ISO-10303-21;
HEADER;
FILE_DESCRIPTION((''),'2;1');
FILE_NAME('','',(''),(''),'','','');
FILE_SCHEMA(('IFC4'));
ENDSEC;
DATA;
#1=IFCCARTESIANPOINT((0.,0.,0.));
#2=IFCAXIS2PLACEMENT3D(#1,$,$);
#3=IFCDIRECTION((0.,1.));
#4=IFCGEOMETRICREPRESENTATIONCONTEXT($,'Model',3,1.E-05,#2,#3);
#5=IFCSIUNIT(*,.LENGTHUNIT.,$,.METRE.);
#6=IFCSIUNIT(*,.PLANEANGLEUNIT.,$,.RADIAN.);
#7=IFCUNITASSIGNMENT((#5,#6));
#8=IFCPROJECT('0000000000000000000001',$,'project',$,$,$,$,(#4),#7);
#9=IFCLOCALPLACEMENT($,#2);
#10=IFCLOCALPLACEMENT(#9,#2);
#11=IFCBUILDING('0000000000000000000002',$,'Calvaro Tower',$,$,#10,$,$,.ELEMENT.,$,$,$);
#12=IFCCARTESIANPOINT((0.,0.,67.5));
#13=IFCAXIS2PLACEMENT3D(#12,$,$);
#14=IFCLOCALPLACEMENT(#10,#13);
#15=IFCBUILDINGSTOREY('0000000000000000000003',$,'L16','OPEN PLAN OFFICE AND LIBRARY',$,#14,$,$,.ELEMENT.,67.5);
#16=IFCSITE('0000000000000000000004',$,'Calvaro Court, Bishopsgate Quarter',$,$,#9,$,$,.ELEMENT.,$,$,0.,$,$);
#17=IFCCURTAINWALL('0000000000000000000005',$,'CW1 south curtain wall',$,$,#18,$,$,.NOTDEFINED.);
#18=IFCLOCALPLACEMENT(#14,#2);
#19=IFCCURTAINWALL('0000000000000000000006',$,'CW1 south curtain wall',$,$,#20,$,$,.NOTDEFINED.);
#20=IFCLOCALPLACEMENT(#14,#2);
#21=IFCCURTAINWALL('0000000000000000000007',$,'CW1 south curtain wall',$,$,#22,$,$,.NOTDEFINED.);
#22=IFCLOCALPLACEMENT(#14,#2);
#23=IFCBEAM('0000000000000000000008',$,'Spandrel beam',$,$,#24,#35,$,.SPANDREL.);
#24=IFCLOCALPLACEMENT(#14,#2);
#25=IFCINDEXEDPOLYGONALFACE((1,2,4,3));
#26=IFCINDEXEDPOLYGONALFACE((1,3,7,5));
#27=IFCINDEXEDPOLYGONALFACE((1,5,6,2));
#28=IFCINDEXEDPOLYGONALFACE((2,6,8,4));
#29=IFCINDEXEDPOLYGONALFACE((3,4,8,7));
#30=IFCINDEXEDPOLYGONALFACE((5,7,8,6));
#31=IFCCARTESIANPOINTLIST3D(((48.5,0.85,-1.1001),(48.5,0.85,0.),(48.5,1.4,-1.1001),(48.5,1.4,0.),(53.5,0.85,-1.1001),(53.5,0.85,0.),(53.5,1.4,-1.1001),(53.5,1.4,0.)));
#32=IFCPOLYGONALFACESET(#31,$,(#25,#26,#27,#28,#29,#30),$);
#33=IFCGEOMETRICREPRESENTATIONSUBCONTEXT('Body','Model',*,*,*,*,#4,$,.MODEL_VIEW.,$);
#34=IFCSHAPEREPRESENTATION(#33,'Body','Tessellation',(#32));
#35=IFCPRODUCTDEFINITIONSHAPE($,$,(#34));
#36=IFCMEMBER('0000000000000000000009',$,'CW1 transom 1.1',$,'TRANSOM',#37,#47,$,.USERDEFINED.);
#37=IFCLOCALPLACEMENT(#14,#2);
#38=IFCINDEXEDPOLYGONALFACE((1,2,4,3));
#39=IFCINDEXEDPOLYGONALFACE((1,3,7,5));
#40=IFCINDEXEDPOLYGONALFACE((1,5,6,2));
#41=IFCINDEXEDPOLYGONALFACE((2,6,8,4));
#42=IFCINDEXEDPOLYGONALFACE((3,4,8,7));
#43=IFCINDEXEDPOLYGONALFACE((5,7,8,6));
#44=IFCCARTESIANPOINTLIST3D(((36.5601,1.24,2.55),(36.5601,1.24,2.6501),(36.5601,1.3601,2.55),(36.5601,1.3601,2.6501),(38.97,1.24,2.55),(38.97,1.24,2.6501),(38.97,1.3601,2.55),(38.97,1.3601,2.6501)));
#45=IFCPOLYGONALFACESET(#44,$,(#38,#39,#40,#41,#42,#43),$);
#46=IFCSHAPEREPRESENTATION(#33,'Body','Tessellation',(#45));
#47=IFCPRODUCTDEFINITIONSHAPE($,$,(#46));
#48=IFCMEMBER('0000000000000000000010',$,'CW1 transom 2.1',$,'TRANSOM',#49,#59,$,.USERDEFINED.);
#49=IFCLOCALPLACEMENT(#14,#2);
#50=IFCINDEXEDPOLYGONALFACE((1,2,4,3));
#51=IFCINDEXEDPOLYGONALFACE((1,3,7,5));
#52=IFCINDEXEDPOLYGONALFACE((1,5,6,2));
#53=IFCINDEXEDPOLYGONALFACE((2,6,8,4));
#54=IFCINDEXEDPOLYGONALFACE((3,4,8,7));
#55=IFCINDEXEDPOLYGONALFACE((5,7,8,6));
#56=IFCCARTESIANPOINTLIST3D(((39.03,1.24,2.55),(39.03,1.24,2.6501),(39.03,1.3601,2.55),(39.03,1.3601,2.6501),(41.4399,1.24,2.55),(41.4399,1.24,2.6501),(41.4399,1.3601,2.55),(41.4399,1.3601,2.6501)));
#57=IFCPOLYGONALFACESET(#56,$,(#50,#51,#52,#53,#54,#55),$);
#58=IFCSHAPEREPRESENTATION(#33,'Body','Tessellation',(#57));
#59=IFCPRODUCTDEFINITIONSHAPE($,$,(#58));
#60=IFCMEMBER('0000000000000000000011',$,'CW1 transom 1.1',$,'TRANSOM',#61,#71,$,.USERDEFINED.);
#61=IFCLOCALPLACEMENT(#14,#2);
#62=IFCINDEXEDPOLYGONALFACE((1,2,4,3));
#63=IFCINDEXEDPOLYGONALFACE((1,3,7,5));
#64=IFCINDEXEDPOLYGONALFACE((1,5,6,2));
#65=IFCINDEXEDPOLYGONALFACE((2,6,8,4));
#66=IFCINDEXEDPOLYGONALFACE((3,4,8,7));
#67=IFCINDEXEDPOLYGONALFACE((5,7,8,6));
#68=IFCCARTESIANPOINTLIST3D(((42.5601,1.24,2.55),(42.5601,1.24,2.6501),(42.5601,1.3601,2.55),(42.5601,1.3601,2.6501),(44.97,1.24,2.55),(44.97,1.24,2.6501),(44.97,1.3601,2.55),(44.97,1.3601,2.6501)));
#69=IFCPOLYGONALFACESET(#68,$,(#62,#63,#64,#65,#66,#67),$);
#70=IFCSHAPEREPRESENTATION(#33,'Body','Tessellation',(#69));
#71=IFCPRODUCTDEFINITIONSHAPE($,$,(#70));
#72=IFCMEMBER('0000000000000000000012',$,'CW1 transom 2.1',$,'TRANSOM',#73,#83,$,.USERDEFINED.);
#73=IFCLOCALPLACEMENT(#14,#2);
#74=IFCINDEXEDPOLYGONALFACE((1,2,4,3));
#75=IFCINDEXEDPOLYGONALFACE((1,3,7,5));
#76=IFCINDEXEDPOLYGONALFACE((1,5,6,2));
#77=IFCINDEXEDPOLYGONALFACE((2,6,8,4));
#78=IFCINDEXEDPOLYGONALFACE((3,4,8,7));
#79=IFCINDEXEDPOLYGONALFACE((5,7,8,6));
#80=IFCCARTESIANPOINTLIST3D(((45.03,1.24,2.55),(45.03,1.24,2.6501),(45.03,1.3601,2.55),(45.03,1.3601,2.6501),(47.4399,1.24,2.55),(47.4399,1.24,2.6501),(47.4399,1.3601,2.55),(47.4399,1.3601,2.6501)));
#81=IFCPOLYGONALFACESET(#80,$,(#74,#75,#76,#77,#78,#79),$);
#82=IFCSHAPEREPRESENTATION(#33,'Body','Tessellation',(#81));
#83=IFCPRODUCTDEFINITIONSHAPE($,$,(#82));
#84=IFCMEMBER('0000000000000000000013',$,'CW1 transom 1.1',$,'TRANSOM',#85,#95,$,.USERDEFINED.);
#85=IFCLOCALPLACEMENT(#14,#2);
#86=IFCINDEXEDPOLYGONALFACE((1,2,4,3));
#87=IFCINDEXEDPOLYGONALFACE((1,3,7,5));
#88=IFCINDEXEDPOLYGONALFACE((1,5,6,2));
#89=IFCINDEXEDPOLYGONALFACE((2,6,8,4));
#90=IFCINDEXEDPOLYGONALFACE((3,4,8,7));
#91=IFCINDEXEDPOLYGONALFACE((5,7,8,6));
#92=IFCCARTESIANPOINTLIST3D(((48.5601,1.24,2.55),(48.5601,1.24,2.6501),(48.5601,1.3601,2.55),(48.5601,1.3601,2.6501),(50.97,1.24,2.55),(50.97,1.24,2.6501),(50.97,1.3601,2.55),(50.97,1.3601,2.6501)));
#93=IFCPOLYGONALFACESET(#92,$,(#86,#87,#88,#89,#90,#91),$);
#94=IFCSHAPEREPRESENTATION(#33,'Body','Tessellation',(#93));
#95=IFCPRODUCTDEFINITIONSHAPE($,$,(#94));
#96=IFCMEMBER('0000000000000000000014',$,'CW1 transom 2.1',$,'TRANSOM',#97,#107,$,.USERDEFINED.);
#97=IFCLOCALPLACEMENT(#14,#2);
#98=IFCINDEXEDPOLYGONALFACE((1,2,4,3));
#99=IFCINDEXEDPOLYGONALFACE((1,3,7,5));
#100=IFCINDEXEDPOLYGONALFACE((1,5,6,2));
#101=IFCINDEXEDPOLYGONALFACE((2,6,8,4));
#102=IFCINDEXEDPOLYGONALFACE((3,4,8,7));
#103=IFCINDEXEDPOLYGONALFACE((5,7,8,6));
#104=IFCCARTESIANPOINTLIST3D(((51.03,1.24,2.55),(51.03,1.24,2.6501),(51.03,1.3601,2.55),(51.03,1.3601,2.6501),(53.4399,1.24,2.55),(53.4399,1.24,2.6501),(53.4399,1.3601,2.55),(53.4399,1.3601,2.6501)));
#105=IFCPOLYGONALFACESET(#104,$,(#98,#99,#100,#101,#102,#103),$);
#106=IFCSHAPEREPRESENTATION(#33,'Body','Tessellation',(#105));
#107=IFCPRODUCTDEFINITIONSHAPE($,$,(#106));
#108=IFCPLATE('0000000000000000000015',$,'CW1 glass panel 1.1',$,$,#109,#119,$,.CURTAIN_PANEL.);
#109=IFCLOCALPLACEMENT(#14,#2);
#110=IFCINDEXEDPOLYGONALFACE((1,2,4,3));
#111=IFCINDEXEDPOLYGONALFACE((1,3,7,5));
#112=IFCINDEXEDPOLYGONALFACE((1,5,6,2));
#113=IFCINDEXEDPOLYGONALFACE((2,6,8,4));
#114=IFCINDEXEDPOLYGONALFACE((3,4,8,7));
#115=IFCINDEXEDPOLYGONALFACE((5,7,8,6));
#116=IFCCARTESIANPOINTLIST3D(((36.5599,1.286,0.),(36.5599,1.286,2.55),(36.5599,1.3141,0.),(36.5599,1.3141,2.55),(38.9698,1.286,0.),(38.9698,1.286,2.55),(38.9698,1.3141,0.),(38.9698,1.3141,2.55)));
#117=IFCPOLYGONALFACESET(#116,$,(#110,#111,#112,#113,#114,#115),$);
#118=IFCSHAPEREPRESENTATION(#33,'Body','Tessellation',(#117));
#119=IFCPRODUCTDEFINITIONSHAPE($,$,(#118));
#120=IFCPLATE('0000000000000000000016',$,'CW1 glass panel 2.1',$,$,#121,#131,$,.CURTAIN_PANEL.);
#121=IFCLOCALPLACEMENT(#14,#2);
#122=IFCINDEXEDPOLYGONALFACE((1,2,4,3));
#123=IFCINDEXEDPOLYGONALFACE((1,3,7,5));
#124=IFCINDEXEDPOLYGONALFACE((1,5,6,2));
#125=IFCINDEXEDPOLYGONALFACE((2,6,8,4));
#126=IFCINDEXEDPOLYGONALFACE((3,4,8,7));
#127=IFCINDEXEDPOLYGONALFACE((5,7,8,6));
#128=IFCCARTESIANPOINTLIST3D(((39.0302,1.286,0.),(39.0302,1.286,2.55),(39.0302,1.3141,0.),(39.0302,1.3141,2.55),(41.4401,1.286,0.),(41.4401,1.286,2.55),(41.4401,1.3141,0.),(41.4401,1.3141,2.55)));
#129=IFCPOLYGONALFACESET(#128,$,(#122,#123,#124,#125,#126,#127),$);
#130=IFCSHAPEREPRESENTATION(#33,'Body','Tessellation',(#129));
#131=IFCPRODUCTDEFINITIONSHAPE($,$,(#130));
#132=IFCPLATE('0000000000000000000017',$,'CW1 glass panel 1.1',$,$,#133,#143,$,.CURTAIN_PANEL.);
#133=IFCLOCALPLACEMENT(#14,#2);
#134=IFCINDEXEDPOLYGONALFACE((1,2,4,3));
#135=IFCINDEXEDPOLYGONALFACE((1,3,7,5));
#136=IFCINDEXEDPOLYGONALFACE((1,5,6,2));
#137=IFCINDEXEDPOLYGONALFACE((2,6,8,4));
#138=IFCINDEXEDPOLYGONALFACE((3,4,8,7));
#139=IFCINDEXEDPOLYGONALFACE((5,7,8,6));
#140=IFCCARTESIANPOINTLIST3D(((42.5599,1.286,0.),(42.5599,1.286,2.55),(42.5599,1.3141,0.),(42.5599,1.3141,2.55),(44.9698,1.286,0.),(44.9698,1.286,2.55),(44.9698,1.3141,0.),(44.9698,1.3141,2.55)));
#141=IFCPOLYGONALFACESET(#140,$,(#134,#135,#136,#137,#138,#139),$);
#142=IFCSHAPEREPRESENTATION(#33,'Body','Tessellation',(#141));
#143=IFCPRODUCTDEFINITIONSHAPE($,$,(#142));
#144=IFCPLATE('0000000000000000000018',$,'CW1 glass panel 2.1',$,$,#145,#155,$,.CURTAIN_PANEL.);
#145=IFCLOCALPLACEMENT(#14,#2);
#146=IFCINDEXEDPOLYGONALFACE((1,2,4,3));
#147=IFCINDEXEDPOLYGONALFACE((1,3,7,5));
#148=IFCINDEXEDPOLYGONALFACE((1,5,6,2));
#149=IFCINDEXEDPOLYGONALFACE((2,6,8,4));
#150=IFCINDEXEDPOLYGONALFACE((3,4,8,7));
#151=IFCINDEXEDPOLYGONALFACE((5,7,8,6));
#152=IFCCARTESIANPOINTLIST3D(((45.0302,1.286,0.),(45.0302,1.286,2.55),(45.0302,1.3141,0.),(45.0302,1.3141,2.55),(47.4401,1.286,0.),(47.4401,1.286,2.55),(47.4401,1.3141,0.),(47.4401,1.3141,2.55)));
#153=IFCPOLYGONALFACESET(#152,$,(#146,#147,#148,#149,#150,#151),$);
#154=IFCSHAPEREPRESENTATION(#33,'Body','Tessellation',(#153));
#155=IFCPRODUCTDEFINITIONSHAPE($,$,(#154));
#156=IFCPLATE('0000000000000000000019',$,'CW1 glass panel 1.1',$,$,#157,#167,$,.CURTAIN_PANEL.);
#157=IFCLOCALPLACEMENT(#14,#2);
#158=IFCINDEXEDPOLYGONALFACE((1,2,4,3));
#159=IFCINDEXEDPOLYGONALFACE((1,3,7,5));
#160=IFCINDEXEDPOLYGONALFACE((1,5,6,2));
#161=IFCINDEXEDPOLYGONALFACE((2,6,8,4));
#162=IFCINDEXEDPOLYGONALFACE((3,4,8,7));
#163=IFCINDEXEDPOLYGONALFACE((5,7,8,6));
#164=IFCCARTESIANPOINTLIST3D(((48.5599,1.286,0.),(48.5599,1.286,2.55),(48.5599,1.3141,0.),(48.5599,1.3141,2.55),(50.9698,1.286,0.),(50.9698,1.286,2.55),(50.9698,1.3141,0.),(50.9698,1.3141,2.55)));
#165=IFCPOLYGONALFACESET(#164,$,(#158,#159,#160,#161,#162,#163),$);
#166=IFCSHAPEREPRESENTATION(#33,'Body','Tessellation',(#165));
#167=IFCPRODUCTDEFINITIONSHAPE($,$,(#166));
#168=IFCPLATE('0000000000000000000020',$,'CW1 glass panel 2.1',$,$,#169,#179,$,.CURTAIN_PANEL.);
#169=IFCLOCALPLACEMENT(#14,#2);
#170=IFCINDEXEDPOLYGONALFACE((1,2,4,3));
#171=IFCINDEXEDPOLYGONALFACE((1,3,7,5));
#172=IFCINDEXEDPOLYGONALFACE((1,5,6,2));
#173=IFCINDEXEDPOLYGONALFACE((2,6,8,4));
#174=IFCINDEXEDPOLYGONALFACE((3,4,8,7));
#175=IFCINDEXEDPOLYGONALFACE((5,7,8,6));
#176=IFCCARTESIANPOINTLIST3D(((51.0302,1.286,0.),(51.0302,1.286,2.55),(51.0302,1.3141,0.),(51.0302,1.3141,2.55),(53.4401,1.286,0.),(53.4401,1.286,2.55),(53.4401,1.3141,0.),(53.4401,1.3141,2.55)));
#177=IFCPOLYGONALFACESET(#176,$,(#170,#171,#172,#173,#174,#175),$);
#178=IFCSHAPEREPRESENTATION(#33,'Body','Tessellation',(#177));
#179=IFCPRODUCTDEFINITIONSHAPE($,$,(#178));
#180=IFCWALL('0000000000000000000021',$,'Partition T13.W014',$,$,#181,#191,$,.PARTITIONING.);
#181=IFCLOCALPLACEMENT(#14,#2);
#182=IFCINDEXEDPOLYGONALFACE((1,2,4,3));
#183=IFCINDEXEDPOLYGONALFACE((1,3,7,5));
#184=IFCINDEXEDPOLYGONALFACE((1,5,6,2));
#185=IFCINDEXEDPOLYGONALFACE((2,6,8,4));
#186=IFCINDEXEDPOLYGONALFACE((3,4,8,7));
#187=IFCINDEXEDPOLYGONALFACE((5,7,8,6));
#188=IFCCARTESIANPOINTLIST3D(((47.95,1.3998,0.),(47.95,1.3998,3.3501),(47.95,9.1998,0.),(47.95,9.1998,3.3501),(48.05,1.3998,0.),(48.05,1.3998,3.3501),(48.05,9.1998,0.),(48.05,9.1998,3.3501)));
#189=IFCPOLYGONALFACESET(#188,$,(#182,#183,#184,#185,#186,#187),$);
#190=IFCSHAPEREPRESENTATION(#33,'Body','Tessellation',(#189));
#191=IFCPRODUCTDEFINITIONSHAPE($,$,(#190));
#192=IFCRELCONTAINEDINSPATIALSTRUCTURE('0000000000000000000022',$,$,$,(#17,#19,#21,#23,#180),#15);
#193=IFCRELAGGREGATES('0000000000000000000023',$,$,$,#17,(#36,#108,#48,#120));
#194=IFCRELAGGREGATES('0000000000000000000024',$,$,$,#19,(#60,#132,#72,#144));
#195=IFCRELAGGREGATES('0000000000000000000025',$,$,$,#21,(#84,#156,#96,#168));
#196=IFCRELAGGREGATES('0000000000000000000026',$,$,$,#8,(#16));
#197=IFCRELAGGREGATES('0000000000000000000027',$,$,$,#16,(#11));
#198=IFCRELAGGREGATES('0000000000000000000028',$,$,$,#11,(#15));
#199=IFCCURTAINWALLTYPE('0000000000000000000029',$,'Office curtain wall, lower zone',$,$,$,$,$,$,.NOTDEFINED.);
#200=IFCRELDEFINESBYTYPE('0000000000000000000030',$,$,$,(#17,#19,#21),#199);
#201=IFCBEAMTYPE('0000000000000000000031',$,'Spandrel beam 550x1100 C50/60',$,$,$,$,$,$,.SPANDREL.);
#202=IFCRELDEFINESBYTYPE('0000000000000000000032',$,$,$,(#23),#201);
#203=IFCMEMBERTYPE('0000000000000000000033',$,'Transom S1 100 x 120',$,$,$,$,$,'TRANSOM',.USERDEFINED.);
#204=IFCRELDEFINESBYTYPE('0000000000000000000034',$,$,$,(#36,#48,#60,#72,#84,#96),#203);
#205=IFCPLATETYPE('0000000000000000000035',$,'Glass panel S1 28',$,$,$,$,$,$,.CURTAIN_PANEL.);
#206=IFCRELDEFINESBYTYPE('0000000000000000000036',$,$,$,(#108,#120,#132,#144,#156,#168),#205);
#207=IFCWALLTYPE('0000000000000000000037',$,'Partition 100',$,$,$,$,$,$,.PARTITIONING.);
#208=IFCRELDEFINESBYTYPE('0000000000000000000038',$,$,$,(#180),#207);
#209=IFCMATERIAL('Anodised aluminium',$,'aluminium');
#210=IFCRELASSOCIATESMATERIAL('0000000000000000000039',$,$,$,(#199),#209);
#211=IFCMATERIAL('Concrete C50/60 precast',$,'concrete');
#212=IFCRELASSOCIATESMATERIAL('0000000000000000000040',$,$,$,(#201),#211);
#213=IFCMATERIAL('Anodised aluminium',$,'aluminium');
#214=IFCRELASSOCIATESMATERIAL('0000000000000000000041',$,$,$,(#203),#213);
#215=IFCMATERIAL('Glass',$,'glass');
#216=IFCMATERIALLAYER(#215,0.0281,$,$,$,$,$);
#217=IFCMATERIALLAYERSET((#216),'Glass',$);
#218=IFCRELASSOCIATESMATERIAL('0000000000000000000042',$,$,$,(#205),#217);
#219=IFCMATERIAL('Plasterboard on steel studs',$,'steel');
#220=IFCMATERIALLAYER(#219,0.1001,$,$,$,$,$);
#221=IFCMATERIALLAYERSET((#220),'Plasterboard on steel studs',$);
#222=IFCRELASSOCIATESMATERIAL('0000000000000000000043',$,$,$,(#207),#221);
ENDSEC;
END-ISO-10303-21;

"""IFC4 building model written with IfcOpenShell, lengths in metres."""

from ifc_helpers import new_model, si_unit, direction, frame, frame_2d, origin, origin_2d, place, context, subcontext, project, spatial, rectangle, extrude, material, layer, layer_set, material_profile, profile_set, type_object, element, aggregate, save


model = new_model("IFC4")

# Units and contexts
model_context = context("Model", 3, precision=1e-05, world=origin(), true_north=direction((0.0, 1.0)))
body_context = subcontext(model_context, "Body", "Model", "MODEL_VIEW")
ifc_project = project(units=[si_unit("LENGTHUNIT", "METRE"), si_unit("PLANEANGLEUNIT", "RADIAN")], contexts=[model_context])

# Site, building, storey
site_placement = place(None, origin())
site = spatial("IfcSite", under=ifc_project, at=site_placement, Name="Calvaro Court, Bishopsgate Quarter", CompositionType="ELEMENT", RefElevation=0.0)
building_placement = place(site_placement, origin())
building = spatial("IfcBuilding", under=site, at=building_placement, Name="Calvaro Tower", CompositionType="ELEMENT")
storey_placement = place(building_placement, frame((0.0, 0.0, 67.5)))
storey = spatial("IfcBuildingStorey", under=building, at=storey_placement, Name="L16", Description="OPEN PLAN OFFICE AND LIBRARY", CompositionType="ELEMENT", Elevation=67.5)

# Shared definitions
ifc_material_1 = material(Name="Anodised aluminium", Category="aluminium")
curtain_wall_type = type_object("IfcCurtainWallType", Name="Office curtain wall, lower zone", PredefinedType="NOTDEFINED", material=ifc_material_1)

# Curtain walls
curtain_wall_1_placement = place(storey_placement, origin())
curtain_wall_1 = element("IfcCurtainWall", 1, at=curtain_wall_1_placement, inside=storey, type_object=curtain_wall_type, Name="CW1 south curtain wall", PredefinedType="NOTDEFINED")
curtain_wall_2_placement = place(storey_placement, origin())
curtain_wall_2 = element("IfcCurtainWall", 2, at=curtain_wall_2_placement, inside=storey, type_object=curtain_wall_type, Name="CW1 south curtain wall", PredefinedType="NOTDEFINED")
curtain_wall_3_placement = place(storey_placement, origin())
curtain_wall_3 = element("IfcCurtainWall", 3, at=curtain_wall_3_placement, inside=storey, type_object=curtain_wall_type, Name="CW1 south curtain wall", PredefinedType="NOTDEFINED")

# Beam
ifc_material_2 = material(Name="Concrete C50/60 precast", Category="concrete")
ifc_material_profile_1 = material_profile(ifc_material_2, rectangle(XDim=0.55, YDim=1.1001, at=origin_2d()), Name="RC 550x1100")
ifc_profile_set_1 = profile_set([ifc_material_profile_1], Name="Concrete C50/60 precast")
beam_type = type_object("IfcBeamType", Name="Spandrel beam 550x1100 C50/60", PredefinedType="SPANDREL", material=ifc_profile_set_1)
for number, where, z_axis, x_axis, name in (
    (4, (48.5, 1.125, -0.55), (1.0, 0.0, 0.0), (0.0, 1.0, 0.0), "Spandrel beam"),
):
    element("IfcBeam", number, at=place(storey_placement, frame(where, z_axis=z_axis, x_axis=x_axis)), inside=storey, type_object=beam_type, Name=name, PredefinedType="SPANDREL", context=body_context, shape_type="SweptSolid", body=[
        extrude(rectangle(XDim=0.55, YDim=1.1001, at=origin_2d()), origin(), (0.0, 0.0, 1.0), 5.0),
    ])

# Members
ifc_material_3 = material(Name="Anodised aluminium", Category="aluminium")
ifc_material_profile_2 = material_profile(ifc_material_3, rectangle(XDim=0.1201, YDim=0.1001, at=origin_2d()), Name="Transom S1 100 x 120")
ifc_profile_set_2 = profile_set([ifc_material_profile_2], Name="Anodised aluminium")
member_type_1 = type_object("IfcMemberType", Name="Transom S1 100 x 120", ElementType="TRANSOM", PredefinedType="USERDEFINED", material=ifc_profile_set_2)
member_1_placement = place(storey_placement, frame((36.5601, 1.3, 2.6001), z_axis=(1.0, 0.0, 0.0), x_axis=(0.0, 1.0, 0.0)))
member_1 = element("IfcMember", 5, at=member_1_placement, type_object=member_type_1, Name="CW1 transom 1.1", ObjectType="TRANSOM", PredefinedType="USERDEFINED", context=body_context, shape_type="SweptSolid", body=[
    extrude(rectangle(XDim=0.1201, YDim=0.1001, at=origin_2d()), origin(), (0.0, 0.0, 1.0), 2.4099),
])
member_2_placement = place(storey_placement, frame((39.03, 1.3, 2.6001), z_axis=(1.0, 0.0, 0.0), x_axis=(0.0, 1.0, 0.0)))
member_2 = element("IfcMember", 6, at=member_2_placement, type_object=member_type_1, Name="CW1 transom 2.1", ObjectType="TRANSOM", PredefinedType="USERDEFINED", context=body_context, shape_type="SweptSolid", body=[
    extrude(rectangle(XDim=0.1201, YDim=0.1001, at=origin_2d()), origin(), (0.0, 0.0, 1.0), 2.4099),
])
member_3_placement = place(storey_placement, frame((42.5601, 1.3, 2.6001), z_axis=(1.0, 0.0, 0.0), x_axis=(0.0, 1.0, 0.0)))
member_3 = element("IfcMember", 7, at=member_3_placement, type_object=member_type_1, Name="CW1 transom 1.1", ObjectType="TRANSOM", PredefinedType="USERDEFINED", context=body_context, shape_type="SweptSolid", body=[
    extrude(rectangle(XDim=0.1201, YDim=0.1001, at=origin_2d()), origin(), (0.0, 0.0, 1.0), 2.4099),
])
member_4_placement = place(storey_placement, frame((45.03, 1.3, 2.6001), z_axis=(1.0, 0.0, 0.0), x_axis=(0.0, 1.0, 0.0)))
member_4 = element("IfcMember", 8, at=member_4_placement, type_object=member_type_1, Name="CW1 transom 2.1", ObjectType="TRANSOM", PredefinedType="USERDEFINED", context=body_context, shape_type="SweptSolid", body=[
    extrude(rectangle(XDim=0.1201, YDim=0.1001, at=origin_2d()), origin(), (0.0, 0.0, 1.0), 2.4099),
])
member_5_placement = place(storey_placement, frame((48.5601, 1.3, 2.6001), z_axis=(1.0, 0.0, 0.0), x_axis=(0.0, 1.0, 0.0)))
member_5 = element("IfcMember", 9, at=member_5_placement, type_object=member_type_1, Name="CW1 transom 1.1", ObjectType="TRANSOM", PredefinedType="USERDEFINED", context=body_context, shape_type="SweptSolid", body=[
    extrude(rectangle(XDim=0.1201, YDim=0.1001, at=origin_2d()), origin(), (0.0, 0.0, 1.0), 2.4099),
])
member_6_placement = place(storey_placement, frame((51.03, 1.3, 2.6001), z_axis=(1.0, 0.0, 0.0), x_axis=(0.0, 1.0, 0.0)))
member_6 = element("IfcMember", 10, at=member_6_placement, type_object=member_type_1, Name="CW1 transom 2.1", ObjectType="TRANSOM", PredefinedType="USERDEFINED", context=body_context, shape_type="SweptSolid", body=[
    extrude(rectangle(XDim=0.1201, YDim=0.1001, at=origin_2d()), origin(), (0.0, 0.0, 1.0), 2.4099),
])

# Plates
ifc_material_4 = material(Name="Glass", Category="glass")
ifc_layer_1 = layer(ifc_material_4, 0.0281)
ifc_layer_set_1 = layer_set([ifc_layer_1], Name="Glass")
plate_type = type_object("IfcPlateType", Name="Glass panel S1 28", PredefinedType="CURTAIN_PANEL", material=ifc_layer_set_1)
plate_1_placement = place(storey_placement, frame((37.7649, 1.3, 0.0), z_axis=(0.0, 0.0, 1.0), x_axis=(1.0, 0.0, 0.0)))
plate_1 = element("IfcPlate", 11, at=plate_1_placement, type_object=plate_type, Name="CW1 glass panel 1.1", PredefinedType="CURTAIN_PANEL", context=body_context, shape_type="SweptSolid", body=[
    extrude(rectangle(XDim=2.4099, YDim=0.0281, at=origin_2d()), origin(), (0.0, 0.0, 1.0), 2.55),
])
plate_2_placement = place(storey_placement, frame((40.2351, 1.3, 0.0), z_axis=(0.0, 0.0, 1.0), x_axis=(1.0, 0.0, 0.0)))
plate_2 = element("IfcPlate", 12, at=plate_2_placement, type_object=plate_type, Name="CW1 glass panel 2.1", PredefinedType="CURTAIN_PANEL", context=body_context, shape_type="SweptSolid", body=[
    extrude(rectangle(XDim=2.4099, YDim=0.0281, at=origin_2d()), origin(), (0.0, 0.0, 1.0), 2.55),
])
aggregate(curtain_wall_1, [member_1, plate_1, member_2, plate_2])
plate_3_placement = place(storey_placement, frame((43.7649, 1.3, 0.0), z_axis=(0.0, 0.0, 1.0), x_axis=(1.0, 0.0, 0.0)))
plate_3 = element("IfcPlate", 13, at=plate_3_placement, type_object=plate_type, Name="CW1 glass panel 1.1", PredefinedType="CURTAIN_PANEL", context=body_context, shape_type="SweptSolid", body=[
    extrude(rectangle(XDim=2.4099, YDim=0.0281, at=origin_2d()), origin(), (0.0, 0.0, 1.0), 2.55),
])
plate_4_placement = place(storey_placement, frame((46.2351, 1.3, 0.0), z_axis=(0.0, 0.0, 1.0), x_axis=(1.0, 0.0, 0.0)))
plate_4 = element("IfcPlate", 14, at=plate_4_placement, type_object=plate_type, Name="CW1 glass panel 2.1", PredefinedType="CURTAIN_PANEL", context=body_context, shape_type="SweptSolid", body=[
    extrude(rectangle(XDim=2.4099, YDim=0.0281, at=origin_2d()), origin(), (0.0, 0.0, 1.0), 2.55),
])
aggregate(curtain_wall_2, [member_3, plate_3, member_4, plate_4])
plate_5_placement = place(storey_placement, frame((49.7649, 1.3, 0.0), z_axis=(0.0, 0.0, 1.0), x_axis=(1.0, 0.0, 0.0)))
plate_5 = element("IfcPlate", 15, at=plate_5_placement, type_object=plate_type, Name="CW1 glass panel 1.1", PredefinedType="CURTAIN_PANEL", context=body_context, shape_type="SweptSolid", body=[
    extrude(rectangle(XDim=2.4099, YDim=0.0281, at=origin_2d()), origin(), (0.0, 0.0, 1.0), 2.55),
])
plate_6_placement = place(storey_placement, frame((52.2351, 1.3, 0.0), z_axis=(0.0, 0.0, 1.0), x_axis=(1.0, 0.0, 0.0)))
plate_6 = element("IfcPlate", 16, at=plate_6_placement, type_object=plate_type, Name="CW1 glass panel 2.1", PredefinedType="CURTAIN_PANEL", context=body_context, shape_type="SweptSolid", body=[
    extrude(rectangle(XDim=2.4099, YDim=0.0281, at=origin_2d()), origin(), (0.0, 0.0, 1.0), 2.55),
])
aggregate(curtain_wall_3, [member_5, plate_5, member_6, plate_6])

# Wall
ifc_material_5 = material(Name="Plasterboard on steel studs", Category="steel")
ifc_layer_2 = layer(ifc_material_5, 0.1001)
ifc_layer_set_2 = layer_set([ifc_layer_2], Name="Plasterboard on steel studs")
wall_type = type_object("IfcWallType", Name="Partition 100", PredefinedType="PARTITIONING", material=ifc_layer_set_2)
wall_placement = place(storey_placement, frame((48.0, 1.3999, 0.0), z_axis=(0.0, 0.0, 1.0), x_axis=(0.0, 1.0, 0.0)))
element("IfcWall", 17, at=wall_placement, inside=storey, type_object=wall_type, Name="Partition T13.W014", PredefinedType="PARTITIONING", context=body_context, shape_type="SweptSolid", body=[
    extrude(rectangle(XDim=7.8, YDim=0.1001, at=frame_2d((3.8999, 0.0))), origin(), (0.0, 0.0, 1.0), 3.3501),
])

save(model, "model.ifc")
